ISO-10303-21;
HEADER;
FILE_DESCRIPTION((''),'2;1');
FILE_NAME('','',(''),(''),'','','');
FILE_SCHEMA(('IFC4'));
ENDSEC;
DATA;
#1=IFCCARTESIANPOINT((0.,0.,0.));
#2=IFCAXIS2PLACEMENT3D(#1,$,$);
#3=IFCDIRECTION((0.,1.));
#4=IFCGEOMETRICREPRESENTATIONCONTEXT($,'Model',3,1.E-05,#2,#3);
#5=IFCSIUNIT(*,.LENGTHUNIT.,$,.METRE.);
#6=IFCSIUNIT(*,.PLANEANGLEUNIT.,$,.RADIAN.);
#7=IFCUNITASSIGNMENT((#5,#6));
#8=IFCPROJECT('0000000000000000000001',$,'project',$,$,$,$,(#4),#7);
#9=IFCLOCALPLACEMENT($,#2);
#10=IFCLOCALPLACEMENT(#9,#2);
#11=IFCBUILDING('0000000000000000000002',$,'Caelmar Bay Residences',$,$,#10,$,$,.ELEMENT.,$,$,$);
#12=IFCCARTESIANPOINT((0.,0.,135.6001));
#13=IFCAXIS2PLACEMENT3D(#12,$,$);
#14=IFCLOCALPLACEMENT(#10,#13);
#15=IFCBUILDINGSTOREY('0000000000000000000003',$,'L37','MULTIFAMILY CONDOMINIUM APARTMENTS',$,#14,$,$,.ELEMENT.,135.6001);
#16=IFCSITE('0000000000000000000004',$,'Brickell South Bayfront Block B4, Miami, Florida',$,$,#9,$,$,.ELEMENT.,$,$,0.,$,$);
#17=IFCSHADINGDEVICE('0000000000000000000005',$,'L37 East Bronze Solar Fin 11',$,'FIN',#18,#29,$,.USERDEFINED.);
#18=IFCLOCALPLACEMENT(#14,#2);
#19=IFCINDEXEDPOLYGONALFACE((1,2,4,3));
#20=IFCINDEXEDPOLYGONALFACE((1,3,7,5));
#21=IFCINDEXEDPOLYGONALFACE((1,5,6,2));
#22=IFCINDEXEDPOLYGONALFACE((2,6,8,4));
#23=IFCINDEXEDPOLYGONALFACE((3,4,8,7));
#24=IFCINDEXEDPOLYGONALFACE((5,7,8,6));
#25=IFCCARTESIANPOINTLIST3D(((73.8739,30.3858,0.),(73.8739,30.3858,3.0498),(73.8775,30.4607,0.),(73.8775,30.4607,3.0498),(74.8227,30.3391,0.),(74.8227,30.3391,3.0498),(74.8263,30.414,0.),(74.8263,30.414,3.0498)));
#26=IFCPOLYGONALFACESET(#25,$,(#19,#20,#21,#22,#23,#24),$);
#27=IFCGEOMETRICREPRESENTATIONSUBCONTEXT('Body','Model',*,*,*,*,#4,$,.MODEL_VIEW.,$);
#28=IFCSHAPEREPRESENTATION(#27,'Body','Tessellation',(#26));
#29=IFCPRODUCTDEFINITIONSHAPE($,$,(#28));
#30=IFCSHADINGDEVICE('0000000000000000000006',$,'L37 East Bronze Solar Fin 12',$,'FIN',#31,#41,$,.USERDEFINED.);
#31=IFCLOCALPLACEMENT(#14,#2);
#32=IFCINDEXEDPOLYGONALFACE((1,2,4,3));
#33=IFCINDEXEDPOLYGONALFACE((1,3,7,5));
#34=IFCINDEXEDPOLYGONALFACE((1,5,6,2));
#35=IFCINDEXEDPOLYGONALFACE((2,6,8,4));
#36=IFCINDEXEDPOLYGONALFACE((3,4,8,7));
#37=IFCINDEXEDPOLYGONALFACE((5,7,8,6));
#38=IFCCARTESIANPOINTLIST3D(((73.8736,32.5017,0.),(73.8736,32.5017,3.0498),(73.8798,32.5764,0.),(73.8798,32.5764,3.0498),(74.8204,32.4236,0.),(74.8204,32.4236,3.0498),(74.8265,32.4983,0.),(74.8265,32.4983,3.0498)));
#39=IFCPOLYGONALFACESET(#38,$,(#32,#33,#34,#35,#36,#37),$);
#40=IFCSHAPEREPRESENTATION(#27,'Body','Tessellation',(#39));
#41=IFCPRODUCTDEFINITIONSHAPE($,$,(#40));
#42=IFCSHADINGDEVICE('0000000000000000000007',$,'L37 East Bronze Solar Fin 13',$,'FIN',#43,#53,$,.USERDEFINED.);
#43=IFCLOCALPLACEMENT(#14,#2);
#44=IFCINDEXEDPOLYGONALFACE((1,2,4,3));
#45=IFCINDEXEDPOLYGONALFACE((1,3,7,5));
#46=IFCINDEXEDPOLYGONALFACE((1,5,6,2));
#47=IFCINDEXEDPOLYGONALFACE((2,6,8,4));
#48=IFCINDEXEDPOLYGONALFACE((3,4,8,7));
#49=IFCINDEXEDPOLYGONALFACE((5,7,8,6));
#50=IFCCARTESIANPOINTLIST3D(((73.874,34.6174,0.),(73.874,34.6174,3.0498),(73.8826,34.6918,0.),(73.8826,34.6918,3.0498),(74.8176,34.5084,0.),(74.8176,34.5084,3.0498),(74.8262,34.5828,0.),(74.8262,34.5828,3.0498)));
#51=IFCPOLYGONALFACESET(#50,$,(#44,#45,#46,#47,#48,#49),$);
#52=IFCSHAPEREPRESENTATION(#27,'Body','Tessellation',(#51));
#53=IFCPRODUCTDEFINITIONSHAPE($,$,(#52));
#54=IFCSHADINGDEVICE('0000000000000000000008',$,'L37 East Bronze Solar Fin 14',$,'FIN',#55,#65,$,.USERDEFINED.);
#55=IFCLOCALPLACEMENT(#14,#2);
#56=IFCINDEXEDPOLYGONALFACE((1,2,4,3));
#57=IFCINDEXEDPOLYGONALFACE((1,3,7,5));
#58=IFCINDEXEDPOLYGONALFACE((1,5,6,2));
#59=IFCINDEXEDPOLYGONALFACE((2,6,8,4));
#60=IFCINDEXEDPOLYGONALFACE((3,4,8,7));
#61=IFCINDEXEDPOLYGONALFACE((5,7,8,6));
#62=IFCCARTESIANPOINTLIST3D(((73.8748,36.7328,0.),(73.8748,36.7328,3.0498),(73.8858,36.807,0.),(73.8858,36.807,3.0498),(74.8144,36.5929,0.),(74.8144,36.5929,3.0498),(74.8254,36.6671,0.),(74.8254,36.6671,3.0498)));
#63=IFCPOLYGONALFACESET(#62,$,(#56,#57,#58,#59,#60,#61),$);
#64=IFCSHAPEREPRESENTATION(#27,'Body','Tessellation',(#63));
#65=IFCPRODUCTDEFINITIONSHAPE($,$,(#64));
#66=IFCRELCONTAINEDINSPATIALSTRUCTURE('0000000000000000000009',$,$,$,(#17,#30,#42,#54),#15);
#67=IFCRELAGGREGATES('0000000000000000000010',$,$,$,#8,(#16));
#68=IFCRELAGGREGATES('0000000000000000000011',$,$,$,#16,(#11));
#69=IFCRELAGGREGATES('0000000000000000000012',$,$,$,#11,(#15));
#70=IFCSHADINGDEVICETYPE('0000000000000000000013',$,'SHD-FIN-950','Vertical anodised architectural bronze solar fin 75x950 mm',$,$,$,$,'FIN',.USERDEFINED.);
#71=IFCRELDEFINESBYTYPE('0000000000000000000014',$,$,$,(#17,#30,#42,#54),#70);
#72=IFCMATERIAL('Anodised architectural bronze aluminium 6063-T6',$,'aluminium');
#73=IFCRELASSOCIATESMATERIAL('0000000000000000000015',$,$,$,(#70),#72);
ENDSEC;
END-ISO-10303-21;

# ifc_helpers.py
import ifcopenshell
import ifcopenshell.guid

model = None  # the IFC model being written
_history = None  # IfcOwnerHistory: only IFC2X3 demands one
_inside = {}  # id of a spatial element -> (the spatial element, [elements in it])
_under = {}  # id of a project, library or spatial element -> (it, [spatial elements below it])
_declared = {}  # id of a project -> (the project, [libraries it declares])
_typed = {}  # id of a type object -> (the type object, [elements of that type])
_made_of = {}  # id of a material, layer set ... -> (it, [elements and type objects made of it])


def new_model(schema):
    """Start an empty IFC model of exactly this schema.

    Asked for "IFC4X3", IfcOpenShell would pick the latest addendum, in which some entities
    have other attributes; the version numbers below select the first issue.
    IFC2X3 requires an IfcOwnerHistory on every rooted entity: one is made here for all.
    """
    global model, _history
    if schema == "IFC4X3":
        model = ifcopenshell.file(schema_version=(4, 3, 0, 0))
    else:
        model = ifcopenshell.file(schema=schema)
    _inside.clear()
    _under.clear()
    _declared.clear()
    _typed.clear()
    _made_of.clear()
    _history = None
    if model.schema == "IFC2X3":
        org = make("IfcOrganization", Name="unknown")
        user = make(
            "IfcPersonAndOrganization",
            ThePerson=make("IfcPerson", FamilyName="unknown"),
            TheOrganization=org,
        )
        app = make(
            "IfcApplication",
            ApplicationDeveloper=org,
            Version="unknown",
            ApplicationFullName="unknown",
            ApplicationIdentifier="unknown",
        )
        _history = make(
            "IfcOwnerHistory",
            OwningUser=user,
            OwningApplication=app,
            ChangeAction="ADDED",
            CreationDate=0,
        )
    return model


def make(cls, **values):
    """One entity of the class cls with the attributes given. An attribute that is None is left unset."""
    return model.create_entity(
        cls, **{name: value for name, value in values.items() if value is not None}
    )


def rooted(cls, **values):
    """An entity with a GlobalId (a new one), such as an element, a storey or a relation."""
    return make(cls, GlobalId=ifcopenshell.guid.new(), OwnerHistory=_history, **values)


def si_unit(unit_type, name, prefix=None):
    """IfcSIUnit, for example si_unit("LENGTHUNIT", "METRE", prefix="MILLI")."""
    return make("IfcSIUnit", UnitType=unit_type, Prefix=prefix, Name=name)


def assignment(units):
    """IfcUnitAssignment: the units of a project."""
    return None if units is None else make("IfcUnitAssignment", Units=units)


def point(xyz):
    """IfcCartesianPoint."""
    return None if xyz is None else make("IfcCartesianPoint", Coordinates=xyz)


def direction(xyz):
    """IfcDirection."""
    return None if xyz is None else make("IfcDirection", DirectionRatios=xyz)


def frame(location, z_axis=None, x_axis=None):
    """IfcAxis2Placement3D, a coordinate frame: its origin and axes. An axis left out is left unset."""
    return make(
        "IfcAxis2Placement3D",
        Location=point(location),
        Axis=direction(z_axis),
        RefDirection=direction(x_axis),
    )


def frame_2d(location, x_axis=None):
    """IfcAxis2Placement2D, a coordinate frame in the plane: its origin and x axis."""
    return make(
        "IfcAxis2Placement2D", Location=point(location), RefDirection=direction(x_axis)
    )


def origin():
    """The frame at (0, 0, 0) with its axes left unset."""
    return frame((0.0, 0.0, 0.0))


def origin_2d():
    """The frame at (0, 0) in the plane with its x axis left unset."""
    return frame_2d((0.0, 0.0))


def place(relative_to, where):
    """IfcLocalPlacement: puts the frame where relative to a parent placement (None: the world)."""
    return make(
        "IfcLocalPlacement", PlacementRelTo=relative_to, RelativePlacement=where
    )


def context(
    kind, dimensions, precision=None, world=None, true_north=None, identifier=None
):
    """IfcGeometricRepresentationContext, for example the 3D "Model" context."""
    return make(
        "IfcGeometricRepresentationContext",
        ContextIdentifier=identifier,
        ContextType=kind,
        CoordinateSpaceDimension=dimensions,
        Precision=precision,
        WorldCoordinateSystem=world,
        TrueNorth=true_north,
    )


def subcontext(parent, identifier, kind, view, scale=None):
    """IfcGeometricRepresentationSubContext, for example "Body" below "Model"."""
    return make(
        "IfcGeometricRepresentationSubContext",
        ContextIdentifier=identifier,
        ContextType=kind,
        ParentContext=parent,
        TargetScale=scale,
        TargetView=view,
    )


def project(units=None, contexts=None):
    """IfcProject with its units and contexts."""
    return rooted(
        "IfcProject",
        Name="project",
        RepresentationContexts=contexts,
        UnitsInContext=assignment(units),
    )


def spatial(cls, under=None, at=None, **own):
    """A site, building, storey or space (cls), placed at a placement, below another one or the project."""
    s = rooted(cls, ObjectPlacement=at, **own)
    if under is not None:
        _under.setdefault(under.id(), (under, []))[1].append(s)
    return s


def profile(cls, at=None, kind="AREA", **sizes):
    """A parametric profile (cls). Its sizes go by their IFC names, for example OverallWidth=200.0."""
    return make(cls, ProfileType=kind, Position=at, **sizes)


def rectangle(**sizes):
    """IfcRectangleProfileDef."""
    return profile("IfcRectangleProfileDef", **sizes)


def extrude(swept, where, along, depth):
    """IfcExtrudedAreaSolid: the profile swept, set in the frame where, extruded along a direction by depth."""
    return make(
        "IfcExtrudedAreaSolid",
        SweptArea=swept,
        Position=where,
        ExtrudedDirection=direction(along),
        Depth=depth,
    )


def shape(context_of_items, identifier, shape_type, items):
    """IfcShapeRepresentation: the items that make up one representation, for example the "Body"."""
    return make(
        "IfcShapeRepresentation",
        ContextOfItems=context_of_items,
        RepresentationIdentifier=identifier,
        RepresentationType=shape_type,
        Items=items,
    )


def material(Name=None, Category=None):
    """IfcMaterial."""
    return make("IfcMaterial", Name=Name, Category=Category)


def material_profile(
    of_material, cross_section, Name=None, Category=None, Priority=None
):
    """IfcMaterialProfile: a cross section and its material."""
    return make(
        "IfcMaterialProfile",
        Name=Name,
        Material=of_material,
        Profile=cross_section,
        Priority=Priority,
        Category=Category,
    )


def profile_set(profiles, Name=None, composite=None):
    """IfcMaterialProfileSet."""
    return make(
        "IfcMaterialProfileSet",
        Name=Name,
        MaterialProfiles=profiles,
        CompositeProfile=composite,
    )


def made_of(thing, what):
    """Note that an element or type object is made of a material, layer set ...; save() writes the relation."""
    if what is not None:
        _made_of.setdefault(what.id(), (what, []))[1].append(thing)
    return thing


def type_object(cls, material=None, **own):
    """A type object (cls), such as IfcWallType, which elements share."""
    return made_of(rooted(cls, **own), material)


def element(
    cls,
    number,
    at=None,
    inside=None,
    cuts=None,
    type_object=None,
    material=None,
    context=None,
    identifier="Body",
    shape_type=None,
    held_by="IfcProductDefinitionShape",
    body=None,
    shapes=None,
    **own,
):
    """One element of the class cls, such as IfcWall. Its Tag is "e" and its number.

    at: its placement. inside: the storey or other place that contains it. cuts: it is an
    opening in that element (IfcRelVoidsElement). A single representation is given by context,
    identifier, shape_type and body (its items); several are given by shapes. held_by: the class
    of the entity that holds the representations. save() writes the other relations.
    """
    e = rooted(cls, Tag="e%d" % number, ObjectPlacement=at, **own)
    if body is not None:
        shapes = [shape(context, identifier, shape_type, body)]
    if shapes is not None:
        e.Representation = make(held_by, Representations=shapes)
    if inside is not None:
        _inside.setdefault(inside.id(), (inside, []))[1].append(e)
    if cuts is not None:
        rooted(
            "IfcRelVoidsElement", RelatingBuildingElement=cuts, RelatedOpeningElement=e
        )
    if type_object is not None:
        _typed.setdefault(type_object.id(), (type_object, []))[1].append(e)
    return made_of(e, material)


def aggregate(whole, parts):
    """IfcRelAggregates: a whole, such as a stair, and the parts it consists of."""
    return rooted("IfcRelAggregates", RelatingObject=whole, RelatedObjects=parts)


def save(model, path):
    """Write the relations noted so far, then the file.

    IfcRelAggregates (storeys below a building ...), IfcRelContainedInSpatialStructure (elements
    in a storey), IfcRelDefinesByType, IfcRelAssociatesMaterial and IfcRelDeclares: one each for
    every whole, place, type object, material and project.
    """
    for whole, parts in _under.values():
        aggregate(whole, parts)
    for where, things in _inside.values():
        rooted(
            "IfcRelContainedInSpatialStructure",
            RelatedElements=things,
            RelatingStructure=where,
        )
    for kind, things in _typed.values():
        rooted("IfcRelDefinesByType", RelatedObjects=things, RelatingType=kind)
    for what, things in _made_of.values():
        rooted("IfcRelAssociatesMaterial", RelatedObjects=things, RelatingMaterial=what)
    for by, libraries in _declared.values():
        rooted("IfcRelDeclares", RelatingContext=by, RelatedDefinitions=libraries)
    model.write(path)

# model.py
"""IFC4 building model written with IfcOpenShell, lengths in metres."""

from ifc_helpers import new_model, si_unit, direction, frame, origin, origin_2d, place, context, subcontext, project, spatial, rectangle, extrude, material, material_profile, profile_set, type_object, element, save


model = new_model("IFC4")

# Units and contexts
model_context = context("Model", 3, precision=1e-05, world=origin(), true_north=direction((0.0, 1.0)))
body_context = subcontext(model_context, "Body", "Model", "MODEL_VIEW")
ifc_project = project(units=[si_unit("LENGTHUNIT", "METRE"), si_unit("PLANEANGLEUNIT", "RADIAN")], contexts=[model_context])

# Site, building, storey
site_placement = place(None, origin())
site = spatial("IfcSite", under=ifc_project, at=site_placement, Name="Brickell South Bayfront Block B4, Miami, Florida", CompositionType="ELEMENT", RefElevation=0.0)
building_placement = place(site_placement, origin())
building = spatial("IfcBuilding", under=site, at=building_placement, Name="Caelmar Bay Residences", CompositionType="ELEMENT")
storey_placement = place(building_placement, frame((0.0, 0.0, 135.6001)))
storey = spatial("IfcBuildingStorey", under=building, at=storey_placement, Name="L37", Description="MULTIFAMILY CONDOMINIUM APARTMENTS", CompositionType="ELEMENT", Elevation=135.6001)

# Shading devices
ifc_material_1 = material(Name="Anodised architectural bronze aluminium 6063-T6", Category="aluminium")
ifc_material_profile_1 = material_profile(ifc_material_1, rectangle(XDim=0.075, YDim=0.95, at=origin_2d()), Name="BRONZE-FIN-75X950")
ifc_profile_set_1 = profile_set([ifc_material_profile_1], Name="Anodised architectural bronze aluminium 6063-T6")
shading_device_type = type_object("IfcShadingDeviceType", Name="SHD-FIN-950", Description="Vertical anodised architectural bronze solar fin 75x950 mm", ElementType="FIN", PredefinedType="USERDEFINED", material=ifc_profile_set_1)
for number, where, z_axis, x_axis, name in (
    (1, (74.3501, 30.3999, 0.0), (0.0, 0.0, 1.0), (0.049198, 0.998789, 0.0), "L37 East Bronze Solar Fin 11"),
    (2, (74.3501, 32.5, 0.0), (0.0, 0.0, 1.0), (0.082112, 0.996623, 0.0), "L37 East Bronze Solar Fin 12"),
    (3, (74.3501, 34.6001, 0.0), (0.0, 0.0, 1.0), (0.114764, 0.993393, 0.0), "L37 East Bronze Solar Fin 13"),
    (4, (74.3501, 36.7, 0.0), (0.0, 0.0, 1.0), (0.147292, 0.989093, 0.0), "L37 East Bronze Solar Fin 14"),
):
    element("IfcShadingDevice", number, at=place(storey_placement, frame(where, z_axis=z_axis, x_axis=x_axis)), inside=storey, type_object=shading_device_type, Name=name, ObjectType="FIN", PredefinedType="USERDEFINED", context=body_context, shape_type="SweptSolid", body=[
        extrude(rectangle(XDim=0.075, YDim=0.95, at=origin_2d()), origin(), (0.0, 0.0, 1.0), 3.0498),
    ])

save(model, "model.ifc")
